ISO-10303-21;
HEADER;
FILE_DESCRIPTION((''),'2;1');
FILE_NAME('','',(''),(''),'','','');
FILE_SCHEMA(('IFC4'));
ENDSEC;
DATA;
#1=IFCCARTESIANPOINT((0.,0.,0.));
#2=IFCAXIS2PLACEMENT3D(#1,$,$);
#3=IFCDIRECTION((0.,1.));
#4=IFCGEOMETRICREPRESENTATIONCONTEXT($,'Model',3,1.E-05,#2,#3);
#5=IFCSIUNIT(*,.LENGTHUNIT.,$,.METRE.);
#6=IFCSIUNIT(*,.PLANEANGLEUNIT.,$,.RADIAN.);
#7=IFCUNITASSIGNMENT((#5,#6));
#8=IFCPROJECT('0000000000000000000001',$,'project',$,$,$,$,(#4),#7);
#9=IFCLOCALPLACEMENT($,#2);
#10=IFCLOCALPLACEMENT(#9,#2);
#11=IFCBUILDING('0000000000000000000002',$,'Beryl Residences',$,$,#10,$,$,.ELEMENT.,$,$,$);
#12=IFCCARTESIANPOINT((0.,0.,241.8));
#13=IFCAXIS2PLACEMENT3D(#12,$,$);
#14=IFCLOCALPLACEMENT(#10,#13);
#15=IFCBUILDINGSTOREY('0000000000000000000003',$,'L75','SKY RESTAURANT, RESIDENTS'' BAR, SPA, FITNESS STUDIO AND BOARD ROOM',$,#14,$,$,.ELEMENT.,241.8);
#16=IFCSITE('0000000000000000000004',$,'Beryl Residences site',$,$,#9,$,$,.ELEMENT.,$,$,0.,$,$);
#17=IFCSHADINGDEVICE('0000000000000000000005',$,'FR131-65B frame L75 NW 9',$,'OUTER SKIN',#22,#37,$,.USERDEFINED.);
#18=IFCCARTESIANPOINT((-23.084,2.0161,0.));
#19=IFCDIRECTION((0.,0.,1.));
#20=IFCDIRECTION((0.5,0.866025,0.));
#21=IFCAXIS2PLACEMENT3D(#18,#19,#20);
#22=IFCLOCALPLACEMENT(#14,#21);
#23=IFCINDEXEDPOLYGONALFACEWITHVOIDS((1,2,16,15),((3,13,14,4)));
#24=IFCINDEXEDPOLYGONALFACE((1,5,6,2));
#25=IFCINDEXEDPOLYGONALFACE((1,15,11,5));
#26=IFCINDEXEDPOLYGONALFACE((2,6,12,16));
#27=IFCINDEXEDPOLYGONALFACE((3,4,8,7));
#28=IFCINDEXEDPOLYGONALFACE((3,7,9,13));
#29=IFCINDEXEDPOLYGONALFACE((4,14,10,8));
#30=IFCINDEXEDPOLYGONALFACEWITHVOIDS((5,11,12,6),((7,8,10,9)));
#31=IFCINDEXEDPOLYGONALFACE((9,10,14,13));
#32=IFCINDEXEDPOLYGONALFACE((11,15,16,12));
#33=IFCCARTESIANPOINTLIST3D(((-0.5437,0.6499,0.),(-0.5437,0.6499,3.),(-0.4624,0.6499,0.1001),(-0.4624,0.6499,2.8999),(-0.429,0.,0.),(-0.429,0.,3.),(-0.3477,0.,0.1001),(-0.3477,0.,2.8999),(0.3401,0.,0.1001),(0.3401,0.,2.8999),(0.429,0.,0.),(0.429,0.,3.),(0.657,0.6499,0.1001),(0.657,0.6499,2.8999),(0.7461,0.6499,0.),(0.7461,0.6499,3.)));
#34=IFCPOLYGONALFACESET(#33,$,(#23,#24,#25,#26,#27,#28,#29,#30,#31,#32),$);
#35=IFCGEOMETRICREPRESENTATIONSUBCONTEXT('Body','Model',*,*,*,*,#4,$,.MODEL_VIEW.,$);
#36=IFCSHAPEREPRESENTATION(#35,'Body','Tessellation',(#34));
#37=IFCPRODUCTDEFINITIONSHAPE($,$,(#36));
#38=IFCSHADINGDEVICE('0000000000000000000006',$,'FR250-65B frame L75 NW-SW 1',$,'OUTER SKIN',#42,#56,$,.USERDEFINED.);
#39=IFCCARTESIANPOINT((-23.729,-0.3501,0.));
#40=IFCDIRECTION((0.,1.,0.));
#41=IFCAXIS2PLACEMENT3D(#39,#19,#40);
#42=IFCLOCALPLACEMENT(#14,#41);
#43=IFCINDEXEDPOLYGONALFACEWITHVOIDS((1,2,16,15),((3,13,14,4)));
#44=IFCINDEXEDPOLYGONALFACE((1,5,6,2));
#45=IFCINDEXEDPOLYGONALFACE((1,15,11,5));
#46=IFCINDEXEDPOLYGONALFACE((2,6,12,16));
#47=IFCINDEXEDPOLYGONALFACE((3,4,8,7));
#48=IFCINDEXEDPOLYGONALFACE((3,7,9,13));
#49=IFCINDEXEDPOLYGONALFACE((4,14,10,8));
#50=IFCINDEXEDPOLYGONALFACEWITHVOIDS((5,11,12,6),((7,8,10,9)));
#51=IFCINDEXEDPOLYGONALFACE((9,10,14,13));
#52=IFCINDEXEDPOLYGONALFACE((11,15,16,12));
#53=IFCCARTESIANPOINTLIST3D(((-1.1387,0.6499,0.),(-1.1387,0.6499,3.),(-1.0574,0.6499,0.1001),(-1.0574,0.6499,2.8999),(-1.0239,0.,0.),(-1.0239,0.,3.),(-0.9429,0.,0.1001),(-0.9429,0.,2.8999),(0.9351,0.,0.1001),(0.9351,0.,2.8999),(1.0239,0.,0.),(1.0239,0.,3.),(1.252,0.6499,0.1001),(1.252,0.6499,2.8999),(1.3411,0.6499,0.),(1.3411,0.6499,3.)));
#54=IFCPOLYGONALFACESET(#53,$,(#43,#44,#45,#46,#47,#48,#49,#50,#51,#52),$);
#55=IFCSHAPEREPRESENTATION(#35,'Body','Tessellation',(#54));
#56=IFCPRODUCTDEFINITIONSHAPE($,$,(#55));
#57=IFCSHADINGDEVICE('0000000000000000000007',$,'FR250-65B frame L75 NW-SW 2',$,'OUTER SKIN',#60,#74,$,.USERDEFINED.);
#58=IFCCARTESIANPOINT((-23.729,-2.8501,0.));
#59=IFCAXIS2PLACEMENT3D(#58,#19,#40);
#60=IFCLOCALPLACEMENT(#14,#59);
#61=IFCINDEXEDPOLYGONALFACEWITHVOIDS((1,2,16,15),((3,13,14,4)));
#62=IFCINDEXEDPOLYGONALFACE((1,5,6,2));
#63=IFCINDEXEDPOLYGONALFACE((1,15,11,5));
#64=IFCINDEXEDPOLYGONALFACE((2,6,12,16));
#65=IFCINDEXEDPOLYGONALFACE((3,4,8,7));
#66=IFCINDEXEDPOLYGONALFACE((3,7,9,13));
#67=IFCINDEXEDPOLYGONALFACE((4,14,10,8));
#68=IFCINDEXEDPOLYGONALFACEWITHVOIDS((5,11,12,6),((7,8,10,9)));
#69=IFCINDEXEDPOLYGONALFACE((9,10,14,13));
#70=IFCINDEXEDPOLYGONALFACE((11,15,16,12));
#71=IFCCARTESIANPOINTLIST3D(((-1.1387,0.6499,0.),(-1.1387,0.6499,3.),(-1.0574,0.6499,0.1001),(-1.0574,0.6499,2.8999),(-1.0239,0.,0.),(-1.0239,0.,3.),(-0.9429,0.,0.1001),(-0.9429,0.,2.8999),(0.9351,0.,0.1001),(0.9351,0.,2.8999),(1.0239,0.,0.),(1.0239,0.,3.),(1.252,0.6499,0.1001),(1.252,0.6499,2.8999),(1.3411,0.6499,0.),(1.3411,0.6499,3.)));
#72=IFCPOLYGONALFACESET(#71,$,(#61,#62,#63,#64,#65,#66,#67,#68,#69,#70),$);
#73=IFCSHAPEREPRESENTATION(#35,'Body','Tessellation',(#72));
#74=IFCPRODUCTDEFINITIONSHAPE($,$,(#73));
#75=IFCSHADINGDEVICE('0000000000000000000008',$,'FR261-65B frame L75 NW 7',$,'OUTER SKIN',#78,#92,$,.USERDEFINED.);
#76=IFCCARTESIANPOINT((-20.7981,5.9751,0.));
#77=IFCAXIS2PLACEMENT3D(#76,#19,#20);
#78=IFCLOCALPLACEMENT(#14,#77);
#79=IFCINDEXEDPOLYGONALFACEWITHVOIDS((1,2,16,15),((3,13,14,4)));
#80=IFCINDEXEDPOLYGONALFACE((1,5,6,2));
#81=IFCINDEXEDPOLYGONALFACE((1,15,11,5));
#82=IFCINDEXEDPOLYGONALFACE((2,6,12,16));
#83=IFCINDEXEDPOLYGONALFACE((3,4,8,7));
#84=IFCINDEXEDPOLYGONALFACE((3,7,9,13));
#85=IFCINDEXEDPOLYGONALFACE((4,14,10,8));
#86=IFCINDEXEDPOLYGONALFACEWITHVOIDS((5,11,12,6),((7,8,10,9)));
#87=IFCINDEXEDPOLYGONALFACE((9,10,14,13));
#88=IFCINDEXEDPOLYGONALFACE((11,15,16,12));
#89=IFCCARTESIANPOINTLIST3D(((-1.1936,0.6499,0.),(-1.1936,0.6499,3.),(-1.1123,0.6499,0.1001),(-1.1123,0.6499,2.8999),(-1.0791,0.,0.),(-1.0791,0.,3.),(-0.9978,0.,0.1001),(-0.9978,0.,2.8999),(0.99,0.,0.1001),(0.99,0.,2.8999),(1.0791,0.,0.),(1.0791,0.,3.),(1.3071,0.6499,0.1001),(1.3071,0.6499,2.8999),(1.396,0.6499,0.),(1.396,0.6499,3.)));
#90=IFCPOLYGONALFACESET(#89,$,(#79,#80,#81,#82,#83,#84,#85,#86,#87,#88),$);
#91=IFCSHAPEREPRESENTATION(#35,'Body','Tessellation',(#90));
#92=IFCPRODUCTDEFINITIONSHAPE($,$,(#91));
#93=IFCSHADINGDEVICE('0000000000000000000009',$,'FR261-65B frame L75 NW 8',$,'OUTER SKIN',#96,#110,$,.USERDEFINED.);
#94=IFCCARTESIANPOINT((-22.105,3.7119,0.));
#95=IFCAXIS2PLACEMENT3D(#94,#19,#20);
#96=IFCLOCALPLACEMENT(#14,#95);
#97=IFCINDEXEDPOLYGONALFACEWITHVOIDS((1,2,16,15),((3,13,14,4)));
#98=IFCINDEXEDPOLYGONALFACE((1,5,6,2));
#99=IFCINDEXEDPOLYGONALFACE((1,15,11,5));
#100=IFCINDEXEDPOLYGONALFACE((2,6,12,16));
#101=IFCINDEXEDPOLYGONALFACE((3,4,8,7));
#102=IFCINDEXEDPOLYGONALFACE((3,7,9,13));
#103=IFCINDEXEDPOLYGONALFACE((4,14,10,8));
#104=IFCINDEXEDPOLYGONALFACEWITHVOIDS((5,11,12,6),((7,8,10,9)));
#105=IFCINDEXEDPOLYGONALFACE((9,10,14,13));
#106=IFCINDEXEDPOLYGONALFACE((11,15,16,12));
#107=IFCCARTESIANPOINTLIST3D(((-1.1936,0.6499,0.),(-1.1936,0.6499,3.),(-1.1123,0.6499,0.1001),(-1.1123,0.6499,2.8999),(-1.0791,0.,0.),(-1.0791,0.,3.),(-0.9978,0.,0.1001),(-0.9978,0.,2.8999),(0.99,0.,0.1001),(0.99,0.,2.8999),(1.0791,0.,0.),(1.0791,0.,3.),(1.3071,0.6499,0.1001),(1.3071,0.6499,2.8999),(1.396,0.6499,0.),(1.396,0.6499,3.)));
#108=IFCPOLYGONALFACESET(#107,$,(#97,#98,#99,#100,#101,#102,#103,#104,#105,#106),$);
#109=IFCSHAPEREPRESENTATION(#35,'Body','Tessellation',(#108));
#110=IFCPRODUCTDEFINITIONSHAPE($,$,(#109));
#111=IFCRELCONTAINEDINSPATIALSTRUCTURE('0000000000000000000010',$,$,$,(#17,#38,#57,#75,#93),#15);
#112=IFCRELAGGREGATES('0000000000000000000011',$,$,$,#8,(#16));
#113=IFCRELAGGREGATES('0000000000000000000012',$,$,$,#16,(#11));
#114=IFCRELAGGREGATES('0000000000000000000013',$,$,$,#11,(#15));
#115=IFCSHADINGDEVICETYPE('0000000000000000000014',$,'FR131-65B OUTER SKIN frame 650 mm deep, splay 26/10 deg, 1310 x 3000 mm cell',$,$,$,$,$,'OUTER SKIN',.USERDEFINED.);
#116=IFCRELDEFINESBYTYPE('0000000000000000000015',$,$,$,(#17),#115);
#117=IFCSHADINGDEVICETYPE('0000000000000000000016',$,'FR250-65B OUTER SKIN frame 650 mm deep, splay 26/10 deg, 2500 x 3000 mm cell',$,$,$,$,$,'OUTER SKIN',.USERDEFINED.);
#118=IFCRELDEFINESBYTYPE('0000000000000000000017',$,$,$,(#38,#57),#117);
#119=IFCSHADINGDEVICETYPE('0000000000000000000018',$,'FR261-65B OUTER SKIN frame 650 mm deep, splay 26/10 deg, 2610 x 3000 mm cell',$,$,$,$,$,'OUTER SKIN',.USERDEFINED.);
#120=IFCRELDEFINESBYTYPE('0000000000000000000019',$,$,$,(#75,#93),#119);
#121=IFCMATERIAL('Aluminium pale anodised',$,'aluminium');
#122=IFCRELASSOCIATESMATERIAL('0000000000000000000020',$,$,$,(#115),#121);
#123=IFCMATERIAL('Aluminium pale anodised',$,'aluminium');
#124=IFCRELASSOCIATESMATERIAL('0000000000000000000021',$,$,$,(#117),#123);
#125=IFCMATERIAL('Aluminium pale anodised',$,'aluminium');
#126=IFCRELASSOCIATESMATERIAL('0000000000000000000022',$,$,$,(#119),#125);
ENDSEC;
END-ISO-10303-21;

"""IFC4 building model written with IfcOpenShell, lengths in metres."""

from ifc_helpers import new_model, entity, si_unit, direction, frame, origin, place, context, subcontext, project, spatial, source, transform, mapped, material, type_object, type_shapes, element, save


model = new_model("IFC4")

# Units and contexts
model_context = context("Model", 3, precision=1e-05, world=origin(), true_north=direction((0.0, 1.0)))
body_context = subcontext(model_context, "Body", "Model", "MODEL_VIEW")
ifc_project = project(units=[si_unit("LENGTHUNIT", "METRE"), si_unit("PLANEANGLEUNIT", "RADIAN")], contexts=[model_context])

# Site, building, storey
site_placement = place(None, origin())
site = spatial("IfcSite", under=ifc_project, at=site_placement, Name="Beryl Residences site", CompositionType="ELEMENT", RefElevation=0.0)
building_placement = place(site_placement, origin())
building = spatial("IfcBuilding", under=site, at=building_placement, Name="Beryl Residences", CompositionType="ELEMENT")
storey_placement = place(building_placement, frame((0.0, 0.0, 241.8)))
storey = spatial("IfcBuildingStorey", under=building, at=storey_placement, Name="L75", Description="SKY RESTAURANT, RESIDENTS' BAR, SPA, FITNESS STUDIO AND BOARD ROOM", CompositionType="ELEMENT", Elevation=241.8)

# Shading devices
ifc_material_1 = material(Name="Aluminium pale anodised", Category="aluminium")
shading_device_type_1 = type_object("IfcShadingDeviceType", Name="FR131-65B OUTER SKIN frame 650 mm deep, splay 26/10 deg, 1310 x 3000 mm cell", ElementType="OUTER SKIN", PredefinedType="USERDEFINED", material=ifc_material_1)
cartesian_point_1 = entity("IfcCartesianPoint", [-0.429, 0.0])
cartesian_point_2 = entity("IfcCartesianPoint", [-0.3401, 0.1001])
cartesian_point_3 = entity("IfcCartesianPoint", [-0.7461, 0.0])
cartesian_point_4 = entity("IfcCartesianPoint", [-0.657, 0.1001])
shared_shape_1 = source(origin(), body_context, "Body", "SweptSolid", [
    entity("IfcExtrudedAreaSolidTapered", entity("IfcArbitraryProfileDefWithVoids", "AREA", None, entity("IfcPolyline", [cartesian_point_1, entity("IfcCartesianPoint", [0.429, 0.0]), entity("IfcCartesianPoint", [0.429, 3.0]), entity("IfcCartesianPoint", [-0.429, 3.0]), cartesian_point_1]), [entity("IfcPolyline", [cartesian_point_2, entity("IfcCartesianPoint", [0.3477, 0.1001]), entity("IfcCartesianPoint", [0.3477, 2.8999]), entity("IfcCartesianPoint", [-0.3401, 2.8999]), cartesian_point_2])]), entity("IfcAxis2Placement3D", entity("IfcCartesianPoint", [0.0, 0.0, 0.0]), entity("IfcDirection", [0.0, 1.0, 0.0]), entity("IfcDirection", [-1.0, 0.0, 0.0])), entity("IfcDirection", [0.0, 0.0, 1.0]), 0.6499, entity("IfcArbitraryProfileDefWithVoids", "AREA", None, entity("IfcPolyline", [cartesian_point_3, entity("IfcCartesianPoint", [0.5437, 0.0]), entity("IfcCartesianPoint", [0.5437, 3.0]), entity("IfcCartesianPoint", [-0.7461, 3.0]), cartesian_point_3]), [entity("IfcPolyline", [cartesian_point_4, entity("IfcCartesianPoint", [0.4624, 0.1001]), entity("IfcCartesianPoint", [0.4624, 2.8999]), entity("IfcCartesianPoint", [-0.657, 2.8999]), cartesian_point_4])])),
])
type_shapes(shading_device_type_1, [shared_shape_1])
shading_device_placement = place(storey_placement, frame((-23.084, 2.0161, 0.0), z_axis=(0.0, 0.0, 1.0), x_axis=(0.5, 0.866025, 0.0)))
element("IfcShadingDevice", 1, at=shading_device_placement, inside=storey, type_object=shading_device_type_1, Name="FR131-65B frame L75 NW 9", ObjectType="OUTER SKIN", PredefinedType="USERDEFINED", context=body_context, shape_type="MappedRepresentation", body=[
    mapped(shared_shape_1, transform((0.0, 0.0, 0.0))),
])
ifc_material_2 = material(Name="Aluminium pale anodised", Category="aluminium")
shading_device_type_2 = type_object("IfcShadingDeviceType", Name="FR250-65B OUTER SKIN frame 650 mm deep, splay 26/10 deg, 2500 x 3000 mm cell", ElementType="OUTER SKIN", PredefinedType="USERDEFINED", material=ifc_material_2)
cartesian_point_5 = entity("IfcCartesianPoint", [-1.0239, 0.0])
cartesian_point_6 = entity("IfcCartesianPoint", [-0.9351, 0.1001])
cartesian_point_7 = entity("IfcCartesianPoint", [-1.3411, 0.0])
cartesian_point_8 = entity("IfcCartesianPoint", [-1.252, 0.1001])
shared_shape_2 = source(origin(), body_context, "Body", "SweptSolid", [
    entity("IfcExtrudedAreaSolidTapered", entity("IfcArbitraryProfileDefWithVoids", "AREA", None, entity("IfcPolyline", [cartesian_point_5, entity("IfcCartesianPoint", [1.0239, 0.0]), entity("IfcCartesianPoint", [1.0239, 3.0]), entity("IfcCartesianPoint", [-1.0239, 3.0]), cartesian_point_5]), [entity("IfcPolyline", [cartesian_point_6, entity("IfcCartesianPoint", [0.9429, 0.1001]), entity("IfcCartesianPoint", [0.9429, 2.8999]), entity("IfcCartesianPoint", [-0.9351, 2.8999]), cartesian_point_6])]), entity("IfcAxis2Placement3D", entity("IfcCartesianPoint", [0.0, 0.0, 0.0]), entity("IfcDirection", [0.0, 1.0, 0.0]), entity("IfcDirection", [-1.0, 0.0, 0.0])), entity("IfcDirection", [0.0, 0.0, 1.0]), 0.6499, entity("IfcArbitraryProfileDefWithVoids", "AREA", None, entity("IfcPolyline", [cartesian_point_7, entity("IfcCartesianPoint", [1.1387, 0.0]), entity("IfcCartesianPoint", [1.1387, 3.0]), entity("IfcCartesianPoint", [-1.3411, 3.0]), cartesian_point_7]), [entity("IfcPolyline", [cartesian_point_8, entity("IfcCartesianPoint", [1.0574, 0.1001]), entity("IfcCartesianPoint", [1.0574, 2.8999]), entity("IfcCartesianPoint", [-1.252, 2.8999]), cartesian_point_8])])),
])
type_shapes(shading_device_type_2, [shared_shape_2])
for number, where, z_axis, x_axis, name in (
    (2, (-23.729, -0.3501, 0.0), (0.0, 0.0, 1.0), (0.0, 1.0, 0.0), "FR250-65B frame L75 NW-SW 1"),
    (3, (-23.729, -2.8501, 0.0), (0.0, 0.0, 1.0), (0.0, 1.0, 0.0), "FR250-65B frame L75 NW-SW 2"),
):
    element("IfcShadingDevice", number, at=place(storey_placement, frame(where, z_axis=z_axis, x_axis=x_axis)), inside=storey, type_object=shading_device_type_2, Name=name, ObjectType="OUTER SKIN", PredefinedType="USERDEFINED", context=body_context, shape_type="MappedRepresentation", body=[
        mapped(shared_shape_2, transform((0.0, 0.0, 0.0))),
    ])
ifc_material_3 = material(Name="Aluminium pale anodised", Category="aluminium")
shading_device_type_3 = type_object("IfcShadingDeviceType", Name="FR261-65B OUTER SKIN frame 650 mm deep, splay 26/10 deg, 2610 x 3000 mm cell", ElementType="OUTER SKIN", PredefinedType="USERDEFINED", material=ifc_material_3)
cartesian_point_9 = entity("IfcCartesianPoint", [-1.0791, 0.0])
cartesian_point_10 = entity("IfcCartesianPoint", [-0.99, 0.1001])
cartesian_point_11 = entity("IfcCartesianPoint", [-1.396, 0.0])
cartesian_point_12 = entity("IfcCartesianPoint", [-1.3071, 0.1001])
shared_shape_3 = source(origin(), body_context, "Body", "SweptSolid", [
    entity("IfcExtrudedAreaSolidTapered", entity("IfcArbitraryProfileDefWithVoids", "AREA", None, entity("IfcPolyline", [cartesian_point_9, entity("IfcCartesianPoint", [1.0791, 0.0]), entity("IfcCartesianPoint", [1.0791, 3.0]), entity("IfcCartesianPoint", [-1.0791, 3.0]), cartesian_point_9]), [entity("IfcPolyline", [cartesian_point_10, entity("IfcCartesianPoint", [0.9978, 0.1001]), entity("IfcCartesianPoint", [0.9978, 2.8999]), entity("IfcCartesianPoint", [-0.99, 2.8999]), cartesian_point_10])]), entity("IfcAxis2Placement3D", entity("IfcCartesianPoint", [0.0, 0.0, 0.0]), entity("IfcDirection", [0.0, 1.0, 0.0]), entity("IfcDirection", [-1.0, 0.0, 0.0])), entity("IfcDirection", [0.0, 0.0, 1.0]), 0.6499, entity("IfcArbitraryProfileDefWithVoids", "AREA", None, entity("IfcPolyline", [cartesian_point_11, entity("IfcCartesianPoint", [1.1936, 0.0]), entity("IfcCartesianPoint", [1.1936, 3.0]), entity("IfcCartesianPoint", [-1.396, 3.0]), cartesian_point_11]), [entity("IfcPolyline", [cartesian_point_12, entity("IfcCartesianPoint", [1.1123, 0.1001]), entity("IfcCartesianPoint", [1.1123, 2.8999]), entity("IfcCartesianPoint", [-1.3071, 2.8999]), cartesian_point_12])])),
])
type_shapes(shading_device_type_3, [shared_shape_3])
for number, where, z_axis, x_axis, name in (
    (4, (-20.7981, 5.9751, 0.0), (0.0, 0.0, 1.0), (0.5, 0.866025, 0.0), "FR261-65B frame L75 NW 7"),
    (5, (-22.105, 3.7119, 0.0), (0.0, 0.0, 1.0), (0.5, 0.866025, 0.0), "FR261-65B frame L75 NW 8"),
):
    element("IfcShadingDevice", number, at=place(storey_placement, frame(where, z_axis=z_axis, x_axis=x_axis)), inside=storey, type_object=shading_device_type_3, Name=name, ObjectType="OUTER SKIN", PredefinedType="USERDEFINED", context=body_context, shape_type="MappedRepresentation", body=[
        mapped(shared_shape_3, transform((0.0, 0.0, 0.0))),
    ])

save(model, "model.ifc")
